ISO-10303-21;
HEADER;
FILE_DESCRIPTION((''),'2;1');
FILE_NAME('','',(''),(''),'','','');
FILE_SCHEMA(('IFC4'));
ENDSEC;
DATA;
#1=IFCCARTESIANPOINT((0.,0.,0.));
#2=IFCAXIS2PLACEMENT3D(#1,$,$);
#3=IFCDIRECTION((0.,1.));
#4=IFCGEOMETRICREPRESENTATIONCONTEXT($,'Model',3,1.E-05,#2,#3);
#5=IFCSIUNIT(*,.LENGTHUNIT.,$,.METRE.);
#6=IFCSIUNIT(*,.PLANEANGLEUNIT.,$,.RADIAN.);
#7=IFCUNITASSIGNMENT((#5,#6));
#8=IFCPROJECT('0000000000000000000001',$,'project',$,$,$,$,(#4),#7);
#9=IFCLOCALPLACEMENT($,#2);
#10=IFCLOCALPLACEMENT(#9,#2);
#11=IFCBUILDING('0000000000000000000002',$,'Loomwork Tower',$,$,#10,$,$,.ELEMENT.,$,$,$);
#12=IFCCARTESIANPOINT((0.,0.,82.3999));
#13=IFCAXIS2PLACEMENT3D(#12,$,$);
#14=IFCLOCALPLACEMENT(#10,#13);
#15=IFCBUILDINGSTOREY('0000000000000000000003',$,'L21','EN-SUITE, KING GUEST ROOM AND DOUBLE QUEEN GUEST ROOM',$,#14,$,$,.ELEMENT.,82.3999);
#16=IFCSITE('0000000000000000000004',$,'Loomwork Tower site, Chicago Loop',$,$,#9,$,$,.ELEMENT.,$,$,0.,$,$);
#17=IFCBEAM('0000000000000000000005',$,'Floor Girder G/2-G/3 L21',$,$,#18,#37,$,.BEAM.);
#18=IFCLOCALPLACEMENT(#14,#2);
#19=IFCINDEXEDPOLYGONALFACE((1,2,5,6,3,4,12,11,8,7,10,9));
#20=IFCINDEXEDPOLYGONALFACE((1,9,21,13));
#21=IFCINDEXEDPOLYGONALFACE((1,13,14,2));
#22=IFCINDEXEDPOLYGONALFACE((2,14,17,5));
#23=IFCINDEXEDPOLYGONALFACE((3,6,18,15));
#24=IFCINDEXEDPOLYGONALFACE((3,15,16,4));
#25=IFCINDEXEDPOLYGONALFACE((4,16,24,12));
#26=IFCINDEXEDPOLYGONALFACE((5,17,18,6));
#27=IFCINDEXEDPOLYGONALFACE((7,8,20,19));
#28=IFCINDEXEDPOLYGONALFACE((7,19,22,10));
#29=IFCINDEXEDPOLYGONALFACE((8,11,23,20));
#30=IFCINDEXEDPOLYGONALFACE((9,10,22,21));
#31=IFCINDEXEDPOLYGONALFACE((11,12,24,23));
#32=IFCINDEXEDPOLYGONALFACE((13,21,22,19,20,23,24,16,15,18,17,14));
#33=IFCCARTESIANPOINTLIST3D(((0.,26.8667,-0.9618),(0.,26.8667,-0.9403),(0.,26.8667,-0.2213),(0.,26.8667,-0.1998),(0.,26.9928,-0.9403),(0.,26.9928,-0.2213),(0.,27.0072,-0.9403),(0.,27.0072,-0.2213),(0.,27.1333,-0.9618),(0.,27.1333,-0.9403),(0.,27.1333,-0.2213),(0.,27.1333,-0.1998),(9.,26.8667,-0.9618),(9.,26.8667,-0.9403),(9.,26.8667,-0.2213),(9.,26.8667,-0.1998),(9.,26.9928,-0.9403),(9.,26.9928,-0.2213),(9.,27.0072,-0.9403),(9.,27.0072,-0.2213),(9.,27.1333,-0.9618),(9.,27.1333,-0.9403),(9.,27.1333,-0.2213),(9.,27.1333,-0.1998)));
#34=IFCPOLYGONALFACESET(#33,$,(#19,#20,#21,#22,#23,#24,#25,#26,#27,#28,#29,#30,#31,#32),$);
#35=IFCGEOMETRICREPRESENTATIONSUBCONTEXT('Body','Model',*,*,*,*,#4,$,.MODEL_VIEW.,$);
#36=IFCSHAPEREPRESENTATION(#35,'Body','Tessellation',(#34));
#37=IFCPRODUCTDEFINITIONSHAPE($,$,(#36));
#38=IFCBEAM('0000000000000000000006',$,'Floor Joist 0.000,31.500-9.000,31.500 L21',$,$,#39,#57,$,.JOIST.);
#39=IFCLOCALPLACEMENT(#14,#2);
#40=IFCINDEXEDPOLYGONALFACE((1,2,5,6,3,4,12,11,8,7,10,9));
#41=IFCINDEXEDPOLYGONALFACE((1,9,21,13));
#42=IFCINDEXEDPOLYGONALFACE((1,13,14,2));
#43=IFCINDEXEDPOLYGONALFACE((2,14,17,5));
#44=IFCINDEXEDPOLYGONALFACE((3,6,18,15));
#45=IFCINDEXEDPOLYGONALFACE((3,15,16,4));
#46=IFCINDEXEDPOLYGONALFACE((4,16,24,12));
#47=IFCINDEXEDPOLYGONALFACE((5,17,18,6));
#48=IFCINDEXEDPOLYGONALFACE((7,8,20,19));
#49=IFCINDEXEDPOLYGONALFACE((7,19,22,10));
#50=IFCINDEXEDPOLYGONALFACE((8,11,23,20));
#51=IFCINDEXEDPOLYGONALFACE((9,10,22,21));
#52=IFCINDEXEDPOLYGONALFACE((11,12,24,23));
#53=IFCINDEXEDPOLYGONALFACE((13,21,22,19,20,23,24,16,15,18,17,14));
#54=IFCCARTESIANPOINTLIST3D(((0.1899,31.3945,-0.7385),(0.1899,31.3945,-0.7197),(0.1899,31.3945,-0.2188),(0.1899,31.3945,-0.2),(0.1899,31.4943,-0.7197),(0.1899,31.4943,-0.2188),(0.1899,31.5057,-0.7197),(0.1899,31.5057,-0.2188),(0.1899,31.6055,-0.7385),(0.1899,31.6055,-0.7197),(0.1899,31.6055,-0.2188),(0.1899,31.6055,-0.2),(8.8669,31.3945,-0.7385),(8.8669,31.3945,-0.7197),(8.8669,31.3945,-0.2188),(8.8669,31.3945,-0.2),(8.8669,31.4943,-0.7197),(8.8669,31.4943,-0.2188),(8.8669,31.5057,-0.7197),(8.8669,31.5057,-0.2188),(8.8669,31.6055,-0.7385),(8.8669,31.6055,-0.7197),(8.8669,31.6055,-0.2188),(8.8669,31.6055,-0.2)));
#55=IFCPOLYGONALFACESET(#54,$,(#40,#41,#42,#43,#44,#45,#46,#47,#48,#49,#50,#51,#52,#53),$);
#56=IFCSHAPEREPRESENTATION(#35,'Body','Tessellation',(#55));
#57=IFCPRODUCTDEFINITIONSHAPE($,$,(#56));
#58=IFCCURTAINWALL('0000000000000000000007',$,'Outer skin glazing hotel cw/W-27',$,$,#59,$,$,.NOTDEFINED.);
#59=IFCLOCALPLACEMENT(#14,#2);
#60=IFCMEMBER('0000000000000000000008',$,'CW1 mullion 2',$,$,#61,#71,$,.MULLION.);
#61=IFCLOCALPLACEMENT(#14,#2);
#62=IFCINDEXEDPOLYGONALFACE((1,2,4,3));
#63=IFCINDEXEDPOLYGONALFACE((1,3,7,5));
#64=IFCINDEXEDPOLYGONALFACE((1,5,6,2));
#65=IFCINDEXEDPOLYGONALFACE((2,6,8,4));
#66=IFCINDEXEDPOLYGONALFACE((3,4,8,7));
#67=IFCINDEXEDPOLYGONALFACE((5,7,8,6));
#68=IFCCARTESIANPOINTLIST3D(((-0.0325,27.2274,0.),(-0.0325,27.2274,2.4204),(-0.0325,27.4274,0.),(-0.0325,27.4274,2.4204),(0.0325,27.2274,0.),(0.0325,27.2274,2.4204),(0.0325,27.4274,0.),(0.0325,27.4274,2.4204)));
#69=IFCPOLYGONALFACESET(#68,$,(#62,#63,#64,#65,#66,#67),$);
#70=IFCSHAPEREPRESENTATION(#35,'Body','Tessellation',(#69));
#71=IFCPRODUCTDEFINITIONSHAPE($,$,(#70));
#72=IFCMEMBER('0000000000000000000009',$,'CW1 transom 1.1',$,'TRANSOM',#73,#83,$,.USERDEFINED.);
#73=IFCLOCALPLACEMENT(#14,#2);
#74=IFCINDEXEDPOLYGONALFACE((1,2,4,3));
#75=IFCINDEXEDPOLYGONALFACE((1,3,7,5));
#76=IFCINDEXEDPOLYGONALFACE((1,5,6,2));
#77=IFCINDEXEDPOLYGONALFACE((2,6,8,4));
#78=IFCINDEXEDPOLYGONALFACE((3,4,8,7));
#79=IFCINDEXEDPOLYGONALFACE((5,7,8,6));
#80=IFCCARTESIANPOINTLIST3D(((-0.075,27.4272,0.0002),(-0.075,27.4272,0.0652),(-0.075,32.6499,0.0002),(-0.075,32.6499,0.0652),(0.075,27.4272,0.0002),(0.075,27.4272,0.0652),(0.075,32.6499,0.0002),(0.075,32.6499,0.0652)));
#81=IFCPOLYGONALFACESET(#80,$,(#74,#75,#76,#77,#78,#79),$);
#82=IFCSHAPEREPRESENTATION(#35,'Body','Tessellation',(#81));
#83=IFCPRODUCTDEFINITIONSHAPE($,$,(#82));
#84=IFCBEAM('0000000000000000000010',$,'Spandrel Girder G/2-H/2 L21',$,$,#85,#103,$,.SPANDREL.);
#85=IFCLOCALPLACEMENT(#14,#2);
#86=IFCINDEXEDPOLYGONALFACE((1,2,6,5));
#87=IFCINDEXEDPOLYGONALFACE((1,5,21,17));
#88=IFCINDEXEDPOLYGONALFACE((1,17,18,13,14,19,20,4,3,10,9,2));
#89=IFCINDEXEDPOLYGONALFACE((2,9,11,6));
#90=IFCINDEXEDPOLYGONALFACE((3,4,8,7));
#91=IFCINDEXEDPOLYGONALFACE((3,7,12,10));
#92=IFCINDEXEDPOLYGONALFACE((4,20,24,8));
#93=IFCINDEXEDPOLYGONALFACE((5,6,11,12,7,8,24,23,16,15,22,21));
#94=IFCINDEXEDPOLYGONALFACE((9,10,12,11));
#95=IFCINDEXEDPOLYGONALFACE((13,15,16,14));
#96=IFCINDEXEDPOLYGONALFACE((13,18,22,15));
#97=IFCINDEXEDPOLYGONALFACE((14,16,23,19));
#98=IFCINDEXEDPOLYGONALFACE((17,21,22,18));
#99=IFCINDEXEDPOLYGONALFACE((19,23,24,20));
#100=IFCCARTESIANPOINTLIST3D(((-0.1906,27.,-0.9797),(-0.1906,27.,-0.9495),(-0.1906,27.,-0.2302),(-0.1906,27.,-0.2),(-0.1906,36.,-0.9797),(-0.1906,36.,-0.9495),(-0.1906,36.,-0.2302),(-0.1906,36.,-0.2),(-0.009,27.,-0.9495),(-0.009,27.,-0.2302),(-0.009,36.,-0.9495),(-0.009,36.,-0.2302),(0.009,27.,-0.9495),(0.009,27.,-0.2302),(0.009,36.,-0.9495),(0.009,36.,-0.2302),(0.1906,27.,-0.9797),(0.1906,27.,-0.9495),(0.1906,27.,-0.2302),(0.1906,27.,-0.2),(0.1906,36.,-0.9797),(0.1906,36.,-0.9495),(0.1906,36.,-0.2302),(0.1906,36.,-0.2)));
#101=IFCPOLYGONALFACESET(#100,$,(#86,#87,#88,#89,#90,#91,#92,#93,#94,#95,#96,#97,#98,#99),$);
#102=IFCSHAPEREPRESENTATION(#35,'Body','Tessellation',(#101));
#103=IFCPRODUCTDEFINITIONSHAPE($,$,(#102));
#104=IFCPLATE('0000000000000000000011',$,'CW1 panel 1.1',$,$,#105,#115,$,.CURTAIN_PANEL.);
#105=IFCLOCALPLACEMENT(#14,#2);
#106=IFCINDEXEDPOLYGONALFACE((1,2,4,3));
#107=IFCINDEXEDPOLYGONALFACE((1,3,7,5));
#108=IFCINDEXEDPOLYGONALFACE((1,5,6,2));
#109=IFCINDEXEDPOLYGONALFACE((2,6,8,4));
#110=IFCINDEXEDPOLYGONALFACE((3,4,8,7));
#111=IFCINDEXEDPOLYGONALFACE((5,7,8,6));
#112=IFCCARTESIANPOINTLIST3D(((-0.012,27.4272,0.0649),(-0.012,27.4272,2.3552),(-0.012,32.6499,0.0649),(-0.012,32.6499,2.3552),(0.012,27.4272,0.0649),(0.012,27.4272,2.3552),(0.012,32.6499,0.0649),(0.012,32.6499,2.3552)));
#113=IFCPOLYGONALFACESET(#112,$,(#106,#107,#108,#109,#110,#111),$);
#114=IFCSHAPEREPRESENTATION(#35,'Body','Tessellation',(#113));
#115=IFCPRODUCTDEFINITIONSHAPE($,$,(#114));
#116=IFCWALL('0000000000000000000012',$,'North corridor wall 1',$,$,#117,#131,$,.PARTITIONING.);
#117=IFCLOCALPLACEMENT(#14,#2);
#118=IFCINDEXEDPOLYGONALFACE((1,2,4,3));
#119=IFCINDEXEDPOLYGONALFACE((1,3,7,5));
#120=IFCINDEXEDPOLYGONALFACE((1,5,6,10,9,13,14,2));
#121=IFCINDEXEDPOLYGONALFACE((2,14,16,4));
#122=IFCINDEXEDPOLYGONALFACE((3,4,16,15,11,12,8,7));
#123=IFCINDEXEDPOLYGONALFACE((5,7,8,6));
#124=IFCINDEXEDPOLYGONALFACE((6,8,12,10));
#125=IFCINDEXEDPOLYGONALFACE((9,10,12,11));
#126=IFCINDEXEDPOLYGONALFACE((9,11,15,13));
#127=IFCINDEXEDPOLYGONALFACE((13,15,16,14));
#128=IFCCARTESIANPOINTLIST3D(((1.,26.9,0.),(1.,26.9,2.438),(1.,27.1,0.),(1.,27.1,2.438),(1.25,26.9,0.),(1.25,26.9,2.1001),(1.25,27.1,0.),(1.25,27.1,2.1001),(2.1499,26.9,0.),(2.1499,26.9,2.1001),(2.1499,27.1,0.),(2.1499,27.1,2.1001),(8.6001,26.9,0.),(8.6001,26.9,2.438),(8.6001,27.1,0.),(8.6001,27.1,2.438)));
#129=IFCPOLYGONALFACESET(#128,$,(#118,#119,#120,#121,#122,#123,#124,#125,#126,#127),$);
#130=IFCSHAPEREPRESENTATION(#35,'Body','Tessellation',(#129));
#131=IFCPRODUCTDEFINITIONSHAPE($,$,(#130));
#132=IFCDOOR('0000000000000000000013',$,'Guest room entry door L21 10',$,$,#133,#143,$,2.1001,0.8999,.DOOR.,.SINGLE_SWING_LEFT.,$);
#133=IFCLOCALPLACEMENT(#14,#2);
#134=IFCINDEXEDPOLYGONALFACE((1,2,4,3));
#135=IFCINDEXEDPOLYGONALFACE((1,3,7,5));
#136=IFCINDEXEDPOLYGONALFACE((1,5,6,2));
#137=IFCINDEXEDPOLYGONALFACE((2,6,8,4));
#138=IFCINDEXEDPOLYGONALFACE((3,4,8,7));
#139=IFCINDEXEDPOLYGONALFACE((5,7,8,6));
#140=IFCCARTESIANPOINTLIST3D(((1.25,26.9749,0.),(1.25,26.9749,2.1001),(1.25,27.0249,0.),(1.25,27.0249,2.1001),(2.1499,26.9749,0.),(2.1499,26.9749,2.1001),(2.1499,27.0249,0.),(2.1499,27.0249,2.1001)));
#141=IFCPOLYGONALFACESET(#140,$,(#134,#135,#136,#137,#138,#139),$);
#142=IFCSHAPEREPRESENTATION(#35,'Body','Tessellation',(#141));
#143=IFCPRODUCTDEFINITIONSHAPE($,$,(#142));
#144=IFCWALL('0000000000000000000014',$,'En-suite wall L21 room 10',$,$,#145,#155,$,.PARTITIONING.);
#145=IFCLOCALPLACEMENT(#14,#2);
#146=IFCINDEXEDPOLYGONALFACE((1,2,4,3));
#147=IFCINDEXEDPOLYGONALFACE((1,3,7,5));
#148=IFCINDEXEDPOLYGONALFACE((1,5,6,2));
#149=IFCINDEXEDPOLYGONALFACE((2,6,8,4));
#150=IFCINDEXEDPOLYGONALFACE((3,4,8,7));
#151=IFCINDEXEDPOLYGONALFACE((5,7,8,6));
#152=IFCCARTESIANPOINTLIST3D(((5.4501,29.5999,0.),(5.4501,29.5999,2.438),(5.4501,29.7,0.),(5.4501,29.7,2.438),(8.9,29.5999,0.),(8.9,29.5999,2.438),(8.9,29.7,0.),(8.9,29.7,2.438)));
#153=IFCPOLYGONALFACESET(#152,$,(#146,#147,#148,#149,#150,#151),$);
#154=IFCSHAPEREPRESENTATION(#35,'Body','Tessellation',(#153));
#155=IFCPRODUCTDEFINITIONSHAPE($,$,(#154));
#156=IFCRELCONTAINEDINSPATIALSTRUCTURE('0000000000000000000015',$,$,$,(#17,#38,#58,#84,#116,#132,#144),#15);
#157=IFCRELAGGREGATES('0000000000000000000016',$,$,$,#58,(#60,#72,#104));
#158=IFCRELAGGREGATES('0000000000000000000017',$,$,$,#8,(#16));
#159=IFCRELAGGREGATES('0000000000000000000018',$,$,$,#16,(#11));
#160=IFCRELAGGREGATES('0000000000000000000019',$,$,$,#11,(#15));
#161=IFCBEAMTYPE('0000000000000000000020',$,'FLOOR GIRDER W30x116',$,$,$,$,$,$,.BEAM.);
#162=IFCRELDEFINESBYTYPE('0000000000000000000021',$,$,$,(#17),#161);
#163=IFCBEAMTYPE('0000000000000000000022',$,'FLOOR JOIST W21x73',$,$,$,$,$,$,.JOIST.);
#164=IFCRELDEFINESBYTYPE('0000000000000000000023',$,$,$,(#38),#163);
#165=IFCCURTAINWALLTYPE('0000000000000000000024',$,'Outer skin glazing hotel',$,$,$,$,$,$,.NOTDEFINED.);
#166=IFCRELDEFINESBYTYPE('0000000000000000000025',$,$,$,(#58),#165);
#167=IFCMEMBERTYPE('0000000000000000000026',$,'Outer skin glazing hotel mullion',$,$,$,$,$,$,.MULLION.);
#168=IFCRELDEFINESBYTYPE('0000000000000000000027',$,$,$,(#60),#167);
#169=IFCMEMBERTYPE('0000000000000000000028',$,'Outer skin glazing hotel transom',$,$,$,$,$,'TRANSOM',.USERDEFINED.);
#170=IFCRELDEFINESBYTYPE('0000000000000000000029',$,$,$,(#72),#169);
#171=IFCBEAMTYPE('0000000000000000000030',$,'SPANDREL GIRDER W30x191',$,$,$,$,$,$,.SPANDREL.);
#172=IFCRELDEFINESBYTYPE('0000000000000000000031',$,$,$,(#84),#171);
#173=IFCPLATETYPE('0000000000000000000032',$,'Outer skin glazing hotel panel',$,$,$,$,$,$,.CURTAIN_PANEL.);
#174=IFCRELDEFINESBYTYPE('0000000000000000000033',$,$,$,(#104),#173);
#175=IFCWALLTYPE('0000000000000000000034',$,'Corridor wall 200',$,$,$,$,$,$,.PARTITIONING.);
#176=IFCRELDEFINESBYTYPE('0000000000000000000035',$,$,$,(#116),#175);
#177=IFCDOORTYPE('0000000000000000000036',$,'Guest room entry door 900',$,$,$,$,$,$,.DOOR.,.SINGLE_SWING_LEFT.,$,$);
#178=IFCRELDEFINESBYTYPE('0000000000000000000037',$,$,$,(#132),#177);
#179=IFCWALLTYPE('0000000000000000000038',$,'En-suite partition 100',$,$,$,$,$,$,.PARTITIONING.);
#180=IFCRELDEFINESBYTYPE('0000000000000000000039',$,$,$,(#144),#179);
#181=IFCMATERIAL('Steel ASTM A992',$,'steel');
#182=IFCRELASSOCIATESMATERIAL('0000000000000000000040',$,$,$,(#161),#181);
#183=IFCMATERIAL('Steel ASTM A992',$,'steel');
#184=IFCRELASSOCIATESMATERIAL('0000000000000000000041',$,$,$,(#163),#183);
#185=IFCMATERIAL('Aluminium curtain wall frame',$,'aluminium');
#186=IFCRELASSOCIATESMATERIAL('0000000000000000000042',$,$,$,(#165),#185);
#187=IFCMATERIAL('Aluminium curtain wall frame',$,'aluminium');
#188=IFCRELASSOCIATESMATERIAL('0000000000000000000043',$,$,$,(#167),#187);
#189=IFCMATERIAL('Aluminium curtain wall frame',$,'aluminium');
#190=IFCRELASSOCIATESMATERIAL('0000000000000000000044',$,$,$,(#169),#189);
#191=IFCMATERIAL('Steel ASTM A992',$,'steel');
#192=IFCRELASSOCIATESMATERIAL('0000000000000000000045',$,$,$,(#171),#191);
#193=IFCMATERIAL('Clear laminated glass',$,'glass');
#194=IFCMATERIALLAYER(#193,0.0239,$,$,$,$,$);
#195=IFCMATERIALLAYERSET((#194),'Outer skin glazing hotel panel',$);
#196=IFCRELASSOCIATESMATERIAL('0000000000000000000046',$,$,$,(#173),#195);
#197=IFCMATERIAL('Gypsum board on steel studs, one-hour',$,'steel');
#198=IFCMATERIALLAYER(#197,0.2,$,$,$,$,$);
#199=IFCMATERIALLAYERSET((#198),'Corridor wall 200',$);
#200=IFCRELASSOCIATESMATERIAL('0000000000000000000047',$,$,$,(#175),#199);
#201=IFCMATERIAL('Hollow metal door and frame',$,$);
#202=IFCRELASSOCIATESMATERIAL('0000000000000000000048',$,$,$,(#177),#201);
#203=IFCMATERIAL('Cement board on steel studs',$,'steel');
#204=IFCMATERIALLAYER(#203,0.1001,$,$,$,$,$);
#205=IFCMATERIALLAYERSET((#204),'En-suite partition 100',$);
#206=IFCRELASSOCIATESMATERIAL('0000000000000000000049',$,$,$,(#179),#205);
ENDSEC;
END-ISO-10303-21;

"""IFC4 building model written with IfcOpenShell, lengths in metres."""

from ifc_helpers import new_model, si_unit, direction, frame, frame_2d, origin, origin_2d, place, context, subcontext, project, spatial, rectangle, i_section, extrude, material, layer, layer_set, material_profile, profile_set, type_object, element, fill, aggregate, save


model = new_model("IFC4")

# Units and contexts
model_context = context("Model", 3, precision=1e-05, world=origin(), true_north=direction((0.0, 1.0)))
body_context = subcontext(model_context, "Body", "Model", "MODEL_VIEW")
ifc_project = project(units=[si_unit("LENGTHUNIT", "METRE"), si_unit("PLANEANGLEUNIT", "RADIAN")], contexts=[model_context])

# Site, building, storey
site_placement = place(None, origin())
site = spatial("IfcSite", under=ifc_project, at=site_placement, Name="Loomwork Tower site, Chicago Loop", CompositionType="ELEMENT", RefElevation=0.0)
building_placement = place(site_placement, origin())
building = spatial("IfcBuilding", under=site, at=building_placement, Name="Loomwork Tower", CompositionType="ELEMENT")
storey_placement = place(building_placement, frame((0.0, 0.0, 82.3999)))
storey = spatial("IfcBuildingStorey", under=building, at=storey_placement, Name="L21", Description="EN-SUITE, KING GUEST ROOM AND DOUBLE QUEEN GUEST ROOM", CompositionType="ELEMENT", Elevation=82.3999)

# Beams
ifc_material_1 = material(Name="Steel ASTM A992", Category="steel")
ifc_material_profile_1 = material_profile(ifc_material_1, i_section(OverallWidth=0.2666, OverallDepth=0.762, WebThickness=0.0144, FlangeThickness=0.0215, at=origin_2d()), Name="W30x116")
ifc_profile_set_1 = profile_set([ifc_material_profile_1], Name="Steel ASTM A992")
beam_type_1 = type_object("IfcBeamType", Name="FLOOR GIRDER W30x116", PredefinedType="BEAM", material=ifc_profile_set_1)
beam_1_placement = place(storey_placement, frame((0.0, 27.0, -0.5808), z_axis=(1.0, 0.0, 0.0), x_axis=(0.0, 1.0, 0.0)))
element("IfcBeam", 1, at=beam_1_placement, inside=storey, type_object=beam_type_1, Name="Floor Girder G/2-G/3 L21", PredefinedType="BEAM", context=body_context, shape_type="SweptSolid", body=[
    extrude(i_section(OverallWidth=0.2666, OverallDepth=0.762, WebThickness=0.0144, FlangeThickness=0.0215, at=origin_2d()), origin(), (0.0, 0.0, 1.0), 9.0),
])
ifc_material_2 = material(Name="Steel ASTM A992", Category="steel")
ifc_material_profile_2 = material_profile(ifc_material_2, i_section(OverallWidth=0.2109, OverallDepth=0.5386, WebThickness=0.0115, FlangeThickness=0.0188, at=origin_2d()), Name="W21x73")
ifc_profile_set_2 = profile_set([ifc_material_profile_2], Name="Steel ASTM A992")
beam_type_2 = type_object("IfcBeamType", Name="FLOOR JOIST W21x73", PredefinedType="JOIST", material=ifc_profile_set_2)
beam_2_placement = place(storey_placement, frame((0.1899, 31.5, -0.4692), z_axis=(1.0, 0.0, 0.0), x_axis=(0.0, 1.0, 0.0)))
element("IfcBeam", 2, at=beam_2_placement, inside=storey, type_object=beam_type_2, Name="Floor Joist 0.000,31.500-9.000,31.500 L21", PredefinedType="JOIST", context=body_context, shape_type="SweptSolid", body=[
    extrude(i_section(OverallWidth=0.2109, OverallDepth=0.5386, WebThickness=0.0115, FlangeThickness=0.0188, at=origin_2d()), origin(), (0.0, 0.0, 1.0), 8.677),
])

# Curtain wall, members
ifc_material_3 = material(Name="Aluminium curtain wall frame", Category="aluminium")
curtain_wall_type = type_object("IfcCurtainWallType", Name="Outer skin glazing hotel", PredefinedType="NOTDEFINED", material=ifc_material_3)
curtain_wall_placement = place(storey_placement, origin())
curtain_wall = element("IfcCurtainWall", 3, at=curtain_wall_placement, inside=storey, type_object=curtain_wall_type, Name="Outer skin glazing hotel cw/W-27", PredefinedType="NOTDEFINED")
ifc_material_4 = material(Name="Aluminium curtain wall frame", Category="aluminium")
ifc_material_profile_3 = material_profile(ifc_material_4, rectangle(XDim=0.0649, YDim=0.2, at=origin_2d()), Name="AL 65x200")
ifc_profile_set_3 = profile_set([ifc_material_profile_3], Name="Aluminium curtain wall frame")
member_type_1 = type_object("IfcMemberType", Name="Outer skin glazing hotel mullion", PredefinedType="MULLION", material=ifc_profile_set_3)
member_1_placement = place(storey_placement, frame((0.0, 27.3274, 0.0), z_axis=(0.0, 0.0, 1.0), x_axis=(1.0, 0.0, 0.0)))
member_1 = element("IfcMember", 4, at=member_1_placement, type_object=member_type_1, Name="CW1 mullion 2", PredefinedType="MULLION", context=body_context, shape_type="SweptSolid", body=[
    extrude(rectangle(XDim=0.0649, YDim=0.2, at=origin_2d()), origin(), (0.0, 0.0, 1.0), 2.4204),
])
ifc_material_5 = material(Name="Aluminium curtain wall frame", Category="aluminium")
ifc_material_profile_4 = material_profile(ifc_material_5, rectangle(XDim=0.1499, YDim=0.0649, at=origin_2d()), Name="AL 65x150")
ifc_profile_set_4 = profile_set([ifc_material_profile_4], Name="Aluminium curtain wall frame")
member_type_2 = type_object("IfcMemberType", Name="Outer skin glazing hotel transom", ElementType="TRANSOM", PredefinedType="USERDEFINED", material=ifc_profile_set_4)
member_2_placement = place(storey_placement, frame((0.0, 32.6499, 0.0327), z_axis=(0.0, -1.0, 0.0), x_axis=(1.0, 0.0, 0.0)))
member_2 = element("IfcMember", 5, at=member_2_placement, type_object=member_type_2, Name="CW1 transom 1.1", ObjectType="TRANSOM", PredefinedType="USERDEFINED", context=body_context, shape_type="SweptSolid", body=[
    extrude(rectangle(XDim=0.1499, YDim=0.0649, at=origin_2d()), origin(), (0.0, 0.0, 1.0), 5.2227),
])

# Beam
ifc_material_6 = material(Name="Steel ASTM A992", Category="steel")
ifc_material_profile_5 = material_profile(ifc_material_6, i_section(OverallWidth=0.3811, OverallDepth=0.7798, WebThickness=0.0181, FlangeThickness=0.0303, at=origin_2d()), Name="W30x191")
ifc_profile_set_5 = profile_set([ifc_material_profile_5], Name="Steel ASTM A992")
beam_type_3 = type_object("IfcBeamType", Name="SPANDREL GIRDER W30x191", PredefinedType="SPANDREL", material=ifc_profile_set_5)
beam_3_placement = place(storey_placement, frame((0.0, 27.0, -0.5898), z_axis=(0.0, 1.0, 0.0), x_axis=(-1.0, 0.0, 0.0)))
element("IfcBeam", 6, at=beam_3_placement, inside=storey, type_object=beam_type_3, Name="Spandrel Girder G/2-H/2 L21", PredefinedType="SPANDREL", context=body_context, shape_type="SweptSolid", body=[
    extrude(i_section(OverallWidth=0.3811, OverallDepth=0.7798, WebThickness=0.0181, FlangeThickness=0.0303, at=origin_2d()), origin(), (0.0, 0.0, 1.0), 9.0),
])

# Plate
ifc_material_7 = material(Name="Clear laminated glass", Category="glass")
ifc_layer_1 = layer(ifc_material_7, 0.0239)
ifc_layer_set_1 = layer_set([ifc_layer_1], Name="Outer skin glazing hotel panel")
plate_type = type_object("IfcPlateType", Name="Outer skin glazing hotel panel", PredefinedType="CURTAIN_PANEL", material=ifc_layer_set_1)
plate_placement = place(storey_placement, frame((0.0, 30.0386, 0.0649), z_axis=(0.0, 0.0, 1.0), x_axis=(0.0, -1.0, 0.0)))
plate = element("IfcPlate", 7, at=plate_placement, type_object=plate_type, Name="CW1 panel 1.1", PredefinedType="CURTAIN_PANEL", context=body_context, shape_type="SweptSolid", body=[
    extrude(rectangle(XDim=5.2227, YDim=0.0239, at=origin_2d()), origin(), (0.0, 0.0, 1.0), 2.2903),
])
aggregate(curtain_wall, [member_1, member_2, plate])

# Wall, opening, door
ifc_material_8 = material(Name="Gypsum board on steel studs, one-hour", Category="steel")
ifc_layer_2 = layer(ifc_material_8, 0.2)
ifc_layer_set_2 = layer_set([ifc_layer_2], Name="Corridor wall 200")
wall_type_1 = type_object("IfcWallType", Name="Corridor wall 200", PredefinedType="PARTITIONING", material=ifc_layer_set_2)
wall_1_placement = place(storey_placement, frame((1.0, 27.0, 0.0), z_axis=(0.0, 0.0, 1.0), x_axis=(1.0, 0.0, 0.0)))
wall_1 = element("IfcWall", 8, at=wall_1_placement, inside=storey, type_object=wall_type_1, Name="North corridor wall 1", PredefinedType="PARTITIONING", context=body_context, shape_type="SweptSolid", body=[
    extrude(rectangle(XDim=7.6001, YDim=0.2, at=frame_2d((3.8, 0.0))), origin(), (0.0, 0.0, 1.0), 2.438),
])
opening_1_placement = place(wall_1_placement, frame((0.25, 0.0, 0.0)))
opening_1 = element("IfcOpeningElement", 9, at=opening_1_placement, cuts=wall_1, PredefinedType="OPENING", context=body_context, shape_type="SweptSolid", body=[
    extrude(rectangle(XDim=0.8999, YDim=2.1001, at=frame_2d((0.45, 1.05))), frame((0.0, 0.1099, 0.0), z_axis=(0.0, -1.0, 0.0), x_axis=(1.0, 0.0, 0.0)), (0.0, 0.0, 1.0), 0.22),
])
ifc_material_9 = material(Name="Hollow metal door and frame")
door_type_1 = type_object("IfcDoorType", Name="Guest room entry door 900", OperationType="SINGLE_SWING_LEFT", PredefinedType="DOOR", material=ifc_material_9)
door_1_placement = place(opening_1_placement, origin())
door_1 = element("IfcDoor", 10, at=door_1_placement, inside=storey, type_object=door_type_1, Name="Guest room entry door L21 10", OperationType="SINGLE_SWING_LEFT", OverallHeight=2.1001, OverallWidth=0.8999, PredefinedType="DOOR", context=body_context, shape_type="SweptSolid", body=[
    extrude(rectangle(XDim=0.8999, YDim=2.1001, at=frame_2d((0.45, 1.05))), frame((0.0, 0.0249, 0.0), z_axis=(0.0, -1.0, 0.0), x_axis=(1.0, 0.0, 0.0)), (0.0, 0.0, 1.0), 0.05),
])
fill(opening_1, door_1)

# Wall
ifc_material_10 = material(Name="Cement board on steel studs", Category="steel")
ifc_layer_3 = layer(ifc_material_10, 0.1001)
ifc_layer_set_3 = layer_set([ifc_layer_3], Name="En-suite partition 100")
wall_type_2 = type_object("IfcWallType", Name="En-suite partition 100", PredefinedType="PARTITIONING", material=ifc_layer_set_3)
wall_2_placement = place(storey_placement, frame((5.45, 29.6499, 0.0), z_axis=(0.0, 0.0, 1.0), x_axis=(1.0, 0.0, 0.0)))
element("IfcWall", 11, at=wall_2_placement, inside=storey, type_object=wall_type_2, Name="En-suite wall L21 room 10", PredefinedType="PARTITIONING", context=body_context, shape_type="SweptSolid", body=[
    extrude(rectangle(XDim=3.45, YDim=0.1001, at=frame_2d((1.7251, 0.0))), origin(), (0.0, 0.0, 1.0), 2.438),
])

save(model, "model.ifc")
